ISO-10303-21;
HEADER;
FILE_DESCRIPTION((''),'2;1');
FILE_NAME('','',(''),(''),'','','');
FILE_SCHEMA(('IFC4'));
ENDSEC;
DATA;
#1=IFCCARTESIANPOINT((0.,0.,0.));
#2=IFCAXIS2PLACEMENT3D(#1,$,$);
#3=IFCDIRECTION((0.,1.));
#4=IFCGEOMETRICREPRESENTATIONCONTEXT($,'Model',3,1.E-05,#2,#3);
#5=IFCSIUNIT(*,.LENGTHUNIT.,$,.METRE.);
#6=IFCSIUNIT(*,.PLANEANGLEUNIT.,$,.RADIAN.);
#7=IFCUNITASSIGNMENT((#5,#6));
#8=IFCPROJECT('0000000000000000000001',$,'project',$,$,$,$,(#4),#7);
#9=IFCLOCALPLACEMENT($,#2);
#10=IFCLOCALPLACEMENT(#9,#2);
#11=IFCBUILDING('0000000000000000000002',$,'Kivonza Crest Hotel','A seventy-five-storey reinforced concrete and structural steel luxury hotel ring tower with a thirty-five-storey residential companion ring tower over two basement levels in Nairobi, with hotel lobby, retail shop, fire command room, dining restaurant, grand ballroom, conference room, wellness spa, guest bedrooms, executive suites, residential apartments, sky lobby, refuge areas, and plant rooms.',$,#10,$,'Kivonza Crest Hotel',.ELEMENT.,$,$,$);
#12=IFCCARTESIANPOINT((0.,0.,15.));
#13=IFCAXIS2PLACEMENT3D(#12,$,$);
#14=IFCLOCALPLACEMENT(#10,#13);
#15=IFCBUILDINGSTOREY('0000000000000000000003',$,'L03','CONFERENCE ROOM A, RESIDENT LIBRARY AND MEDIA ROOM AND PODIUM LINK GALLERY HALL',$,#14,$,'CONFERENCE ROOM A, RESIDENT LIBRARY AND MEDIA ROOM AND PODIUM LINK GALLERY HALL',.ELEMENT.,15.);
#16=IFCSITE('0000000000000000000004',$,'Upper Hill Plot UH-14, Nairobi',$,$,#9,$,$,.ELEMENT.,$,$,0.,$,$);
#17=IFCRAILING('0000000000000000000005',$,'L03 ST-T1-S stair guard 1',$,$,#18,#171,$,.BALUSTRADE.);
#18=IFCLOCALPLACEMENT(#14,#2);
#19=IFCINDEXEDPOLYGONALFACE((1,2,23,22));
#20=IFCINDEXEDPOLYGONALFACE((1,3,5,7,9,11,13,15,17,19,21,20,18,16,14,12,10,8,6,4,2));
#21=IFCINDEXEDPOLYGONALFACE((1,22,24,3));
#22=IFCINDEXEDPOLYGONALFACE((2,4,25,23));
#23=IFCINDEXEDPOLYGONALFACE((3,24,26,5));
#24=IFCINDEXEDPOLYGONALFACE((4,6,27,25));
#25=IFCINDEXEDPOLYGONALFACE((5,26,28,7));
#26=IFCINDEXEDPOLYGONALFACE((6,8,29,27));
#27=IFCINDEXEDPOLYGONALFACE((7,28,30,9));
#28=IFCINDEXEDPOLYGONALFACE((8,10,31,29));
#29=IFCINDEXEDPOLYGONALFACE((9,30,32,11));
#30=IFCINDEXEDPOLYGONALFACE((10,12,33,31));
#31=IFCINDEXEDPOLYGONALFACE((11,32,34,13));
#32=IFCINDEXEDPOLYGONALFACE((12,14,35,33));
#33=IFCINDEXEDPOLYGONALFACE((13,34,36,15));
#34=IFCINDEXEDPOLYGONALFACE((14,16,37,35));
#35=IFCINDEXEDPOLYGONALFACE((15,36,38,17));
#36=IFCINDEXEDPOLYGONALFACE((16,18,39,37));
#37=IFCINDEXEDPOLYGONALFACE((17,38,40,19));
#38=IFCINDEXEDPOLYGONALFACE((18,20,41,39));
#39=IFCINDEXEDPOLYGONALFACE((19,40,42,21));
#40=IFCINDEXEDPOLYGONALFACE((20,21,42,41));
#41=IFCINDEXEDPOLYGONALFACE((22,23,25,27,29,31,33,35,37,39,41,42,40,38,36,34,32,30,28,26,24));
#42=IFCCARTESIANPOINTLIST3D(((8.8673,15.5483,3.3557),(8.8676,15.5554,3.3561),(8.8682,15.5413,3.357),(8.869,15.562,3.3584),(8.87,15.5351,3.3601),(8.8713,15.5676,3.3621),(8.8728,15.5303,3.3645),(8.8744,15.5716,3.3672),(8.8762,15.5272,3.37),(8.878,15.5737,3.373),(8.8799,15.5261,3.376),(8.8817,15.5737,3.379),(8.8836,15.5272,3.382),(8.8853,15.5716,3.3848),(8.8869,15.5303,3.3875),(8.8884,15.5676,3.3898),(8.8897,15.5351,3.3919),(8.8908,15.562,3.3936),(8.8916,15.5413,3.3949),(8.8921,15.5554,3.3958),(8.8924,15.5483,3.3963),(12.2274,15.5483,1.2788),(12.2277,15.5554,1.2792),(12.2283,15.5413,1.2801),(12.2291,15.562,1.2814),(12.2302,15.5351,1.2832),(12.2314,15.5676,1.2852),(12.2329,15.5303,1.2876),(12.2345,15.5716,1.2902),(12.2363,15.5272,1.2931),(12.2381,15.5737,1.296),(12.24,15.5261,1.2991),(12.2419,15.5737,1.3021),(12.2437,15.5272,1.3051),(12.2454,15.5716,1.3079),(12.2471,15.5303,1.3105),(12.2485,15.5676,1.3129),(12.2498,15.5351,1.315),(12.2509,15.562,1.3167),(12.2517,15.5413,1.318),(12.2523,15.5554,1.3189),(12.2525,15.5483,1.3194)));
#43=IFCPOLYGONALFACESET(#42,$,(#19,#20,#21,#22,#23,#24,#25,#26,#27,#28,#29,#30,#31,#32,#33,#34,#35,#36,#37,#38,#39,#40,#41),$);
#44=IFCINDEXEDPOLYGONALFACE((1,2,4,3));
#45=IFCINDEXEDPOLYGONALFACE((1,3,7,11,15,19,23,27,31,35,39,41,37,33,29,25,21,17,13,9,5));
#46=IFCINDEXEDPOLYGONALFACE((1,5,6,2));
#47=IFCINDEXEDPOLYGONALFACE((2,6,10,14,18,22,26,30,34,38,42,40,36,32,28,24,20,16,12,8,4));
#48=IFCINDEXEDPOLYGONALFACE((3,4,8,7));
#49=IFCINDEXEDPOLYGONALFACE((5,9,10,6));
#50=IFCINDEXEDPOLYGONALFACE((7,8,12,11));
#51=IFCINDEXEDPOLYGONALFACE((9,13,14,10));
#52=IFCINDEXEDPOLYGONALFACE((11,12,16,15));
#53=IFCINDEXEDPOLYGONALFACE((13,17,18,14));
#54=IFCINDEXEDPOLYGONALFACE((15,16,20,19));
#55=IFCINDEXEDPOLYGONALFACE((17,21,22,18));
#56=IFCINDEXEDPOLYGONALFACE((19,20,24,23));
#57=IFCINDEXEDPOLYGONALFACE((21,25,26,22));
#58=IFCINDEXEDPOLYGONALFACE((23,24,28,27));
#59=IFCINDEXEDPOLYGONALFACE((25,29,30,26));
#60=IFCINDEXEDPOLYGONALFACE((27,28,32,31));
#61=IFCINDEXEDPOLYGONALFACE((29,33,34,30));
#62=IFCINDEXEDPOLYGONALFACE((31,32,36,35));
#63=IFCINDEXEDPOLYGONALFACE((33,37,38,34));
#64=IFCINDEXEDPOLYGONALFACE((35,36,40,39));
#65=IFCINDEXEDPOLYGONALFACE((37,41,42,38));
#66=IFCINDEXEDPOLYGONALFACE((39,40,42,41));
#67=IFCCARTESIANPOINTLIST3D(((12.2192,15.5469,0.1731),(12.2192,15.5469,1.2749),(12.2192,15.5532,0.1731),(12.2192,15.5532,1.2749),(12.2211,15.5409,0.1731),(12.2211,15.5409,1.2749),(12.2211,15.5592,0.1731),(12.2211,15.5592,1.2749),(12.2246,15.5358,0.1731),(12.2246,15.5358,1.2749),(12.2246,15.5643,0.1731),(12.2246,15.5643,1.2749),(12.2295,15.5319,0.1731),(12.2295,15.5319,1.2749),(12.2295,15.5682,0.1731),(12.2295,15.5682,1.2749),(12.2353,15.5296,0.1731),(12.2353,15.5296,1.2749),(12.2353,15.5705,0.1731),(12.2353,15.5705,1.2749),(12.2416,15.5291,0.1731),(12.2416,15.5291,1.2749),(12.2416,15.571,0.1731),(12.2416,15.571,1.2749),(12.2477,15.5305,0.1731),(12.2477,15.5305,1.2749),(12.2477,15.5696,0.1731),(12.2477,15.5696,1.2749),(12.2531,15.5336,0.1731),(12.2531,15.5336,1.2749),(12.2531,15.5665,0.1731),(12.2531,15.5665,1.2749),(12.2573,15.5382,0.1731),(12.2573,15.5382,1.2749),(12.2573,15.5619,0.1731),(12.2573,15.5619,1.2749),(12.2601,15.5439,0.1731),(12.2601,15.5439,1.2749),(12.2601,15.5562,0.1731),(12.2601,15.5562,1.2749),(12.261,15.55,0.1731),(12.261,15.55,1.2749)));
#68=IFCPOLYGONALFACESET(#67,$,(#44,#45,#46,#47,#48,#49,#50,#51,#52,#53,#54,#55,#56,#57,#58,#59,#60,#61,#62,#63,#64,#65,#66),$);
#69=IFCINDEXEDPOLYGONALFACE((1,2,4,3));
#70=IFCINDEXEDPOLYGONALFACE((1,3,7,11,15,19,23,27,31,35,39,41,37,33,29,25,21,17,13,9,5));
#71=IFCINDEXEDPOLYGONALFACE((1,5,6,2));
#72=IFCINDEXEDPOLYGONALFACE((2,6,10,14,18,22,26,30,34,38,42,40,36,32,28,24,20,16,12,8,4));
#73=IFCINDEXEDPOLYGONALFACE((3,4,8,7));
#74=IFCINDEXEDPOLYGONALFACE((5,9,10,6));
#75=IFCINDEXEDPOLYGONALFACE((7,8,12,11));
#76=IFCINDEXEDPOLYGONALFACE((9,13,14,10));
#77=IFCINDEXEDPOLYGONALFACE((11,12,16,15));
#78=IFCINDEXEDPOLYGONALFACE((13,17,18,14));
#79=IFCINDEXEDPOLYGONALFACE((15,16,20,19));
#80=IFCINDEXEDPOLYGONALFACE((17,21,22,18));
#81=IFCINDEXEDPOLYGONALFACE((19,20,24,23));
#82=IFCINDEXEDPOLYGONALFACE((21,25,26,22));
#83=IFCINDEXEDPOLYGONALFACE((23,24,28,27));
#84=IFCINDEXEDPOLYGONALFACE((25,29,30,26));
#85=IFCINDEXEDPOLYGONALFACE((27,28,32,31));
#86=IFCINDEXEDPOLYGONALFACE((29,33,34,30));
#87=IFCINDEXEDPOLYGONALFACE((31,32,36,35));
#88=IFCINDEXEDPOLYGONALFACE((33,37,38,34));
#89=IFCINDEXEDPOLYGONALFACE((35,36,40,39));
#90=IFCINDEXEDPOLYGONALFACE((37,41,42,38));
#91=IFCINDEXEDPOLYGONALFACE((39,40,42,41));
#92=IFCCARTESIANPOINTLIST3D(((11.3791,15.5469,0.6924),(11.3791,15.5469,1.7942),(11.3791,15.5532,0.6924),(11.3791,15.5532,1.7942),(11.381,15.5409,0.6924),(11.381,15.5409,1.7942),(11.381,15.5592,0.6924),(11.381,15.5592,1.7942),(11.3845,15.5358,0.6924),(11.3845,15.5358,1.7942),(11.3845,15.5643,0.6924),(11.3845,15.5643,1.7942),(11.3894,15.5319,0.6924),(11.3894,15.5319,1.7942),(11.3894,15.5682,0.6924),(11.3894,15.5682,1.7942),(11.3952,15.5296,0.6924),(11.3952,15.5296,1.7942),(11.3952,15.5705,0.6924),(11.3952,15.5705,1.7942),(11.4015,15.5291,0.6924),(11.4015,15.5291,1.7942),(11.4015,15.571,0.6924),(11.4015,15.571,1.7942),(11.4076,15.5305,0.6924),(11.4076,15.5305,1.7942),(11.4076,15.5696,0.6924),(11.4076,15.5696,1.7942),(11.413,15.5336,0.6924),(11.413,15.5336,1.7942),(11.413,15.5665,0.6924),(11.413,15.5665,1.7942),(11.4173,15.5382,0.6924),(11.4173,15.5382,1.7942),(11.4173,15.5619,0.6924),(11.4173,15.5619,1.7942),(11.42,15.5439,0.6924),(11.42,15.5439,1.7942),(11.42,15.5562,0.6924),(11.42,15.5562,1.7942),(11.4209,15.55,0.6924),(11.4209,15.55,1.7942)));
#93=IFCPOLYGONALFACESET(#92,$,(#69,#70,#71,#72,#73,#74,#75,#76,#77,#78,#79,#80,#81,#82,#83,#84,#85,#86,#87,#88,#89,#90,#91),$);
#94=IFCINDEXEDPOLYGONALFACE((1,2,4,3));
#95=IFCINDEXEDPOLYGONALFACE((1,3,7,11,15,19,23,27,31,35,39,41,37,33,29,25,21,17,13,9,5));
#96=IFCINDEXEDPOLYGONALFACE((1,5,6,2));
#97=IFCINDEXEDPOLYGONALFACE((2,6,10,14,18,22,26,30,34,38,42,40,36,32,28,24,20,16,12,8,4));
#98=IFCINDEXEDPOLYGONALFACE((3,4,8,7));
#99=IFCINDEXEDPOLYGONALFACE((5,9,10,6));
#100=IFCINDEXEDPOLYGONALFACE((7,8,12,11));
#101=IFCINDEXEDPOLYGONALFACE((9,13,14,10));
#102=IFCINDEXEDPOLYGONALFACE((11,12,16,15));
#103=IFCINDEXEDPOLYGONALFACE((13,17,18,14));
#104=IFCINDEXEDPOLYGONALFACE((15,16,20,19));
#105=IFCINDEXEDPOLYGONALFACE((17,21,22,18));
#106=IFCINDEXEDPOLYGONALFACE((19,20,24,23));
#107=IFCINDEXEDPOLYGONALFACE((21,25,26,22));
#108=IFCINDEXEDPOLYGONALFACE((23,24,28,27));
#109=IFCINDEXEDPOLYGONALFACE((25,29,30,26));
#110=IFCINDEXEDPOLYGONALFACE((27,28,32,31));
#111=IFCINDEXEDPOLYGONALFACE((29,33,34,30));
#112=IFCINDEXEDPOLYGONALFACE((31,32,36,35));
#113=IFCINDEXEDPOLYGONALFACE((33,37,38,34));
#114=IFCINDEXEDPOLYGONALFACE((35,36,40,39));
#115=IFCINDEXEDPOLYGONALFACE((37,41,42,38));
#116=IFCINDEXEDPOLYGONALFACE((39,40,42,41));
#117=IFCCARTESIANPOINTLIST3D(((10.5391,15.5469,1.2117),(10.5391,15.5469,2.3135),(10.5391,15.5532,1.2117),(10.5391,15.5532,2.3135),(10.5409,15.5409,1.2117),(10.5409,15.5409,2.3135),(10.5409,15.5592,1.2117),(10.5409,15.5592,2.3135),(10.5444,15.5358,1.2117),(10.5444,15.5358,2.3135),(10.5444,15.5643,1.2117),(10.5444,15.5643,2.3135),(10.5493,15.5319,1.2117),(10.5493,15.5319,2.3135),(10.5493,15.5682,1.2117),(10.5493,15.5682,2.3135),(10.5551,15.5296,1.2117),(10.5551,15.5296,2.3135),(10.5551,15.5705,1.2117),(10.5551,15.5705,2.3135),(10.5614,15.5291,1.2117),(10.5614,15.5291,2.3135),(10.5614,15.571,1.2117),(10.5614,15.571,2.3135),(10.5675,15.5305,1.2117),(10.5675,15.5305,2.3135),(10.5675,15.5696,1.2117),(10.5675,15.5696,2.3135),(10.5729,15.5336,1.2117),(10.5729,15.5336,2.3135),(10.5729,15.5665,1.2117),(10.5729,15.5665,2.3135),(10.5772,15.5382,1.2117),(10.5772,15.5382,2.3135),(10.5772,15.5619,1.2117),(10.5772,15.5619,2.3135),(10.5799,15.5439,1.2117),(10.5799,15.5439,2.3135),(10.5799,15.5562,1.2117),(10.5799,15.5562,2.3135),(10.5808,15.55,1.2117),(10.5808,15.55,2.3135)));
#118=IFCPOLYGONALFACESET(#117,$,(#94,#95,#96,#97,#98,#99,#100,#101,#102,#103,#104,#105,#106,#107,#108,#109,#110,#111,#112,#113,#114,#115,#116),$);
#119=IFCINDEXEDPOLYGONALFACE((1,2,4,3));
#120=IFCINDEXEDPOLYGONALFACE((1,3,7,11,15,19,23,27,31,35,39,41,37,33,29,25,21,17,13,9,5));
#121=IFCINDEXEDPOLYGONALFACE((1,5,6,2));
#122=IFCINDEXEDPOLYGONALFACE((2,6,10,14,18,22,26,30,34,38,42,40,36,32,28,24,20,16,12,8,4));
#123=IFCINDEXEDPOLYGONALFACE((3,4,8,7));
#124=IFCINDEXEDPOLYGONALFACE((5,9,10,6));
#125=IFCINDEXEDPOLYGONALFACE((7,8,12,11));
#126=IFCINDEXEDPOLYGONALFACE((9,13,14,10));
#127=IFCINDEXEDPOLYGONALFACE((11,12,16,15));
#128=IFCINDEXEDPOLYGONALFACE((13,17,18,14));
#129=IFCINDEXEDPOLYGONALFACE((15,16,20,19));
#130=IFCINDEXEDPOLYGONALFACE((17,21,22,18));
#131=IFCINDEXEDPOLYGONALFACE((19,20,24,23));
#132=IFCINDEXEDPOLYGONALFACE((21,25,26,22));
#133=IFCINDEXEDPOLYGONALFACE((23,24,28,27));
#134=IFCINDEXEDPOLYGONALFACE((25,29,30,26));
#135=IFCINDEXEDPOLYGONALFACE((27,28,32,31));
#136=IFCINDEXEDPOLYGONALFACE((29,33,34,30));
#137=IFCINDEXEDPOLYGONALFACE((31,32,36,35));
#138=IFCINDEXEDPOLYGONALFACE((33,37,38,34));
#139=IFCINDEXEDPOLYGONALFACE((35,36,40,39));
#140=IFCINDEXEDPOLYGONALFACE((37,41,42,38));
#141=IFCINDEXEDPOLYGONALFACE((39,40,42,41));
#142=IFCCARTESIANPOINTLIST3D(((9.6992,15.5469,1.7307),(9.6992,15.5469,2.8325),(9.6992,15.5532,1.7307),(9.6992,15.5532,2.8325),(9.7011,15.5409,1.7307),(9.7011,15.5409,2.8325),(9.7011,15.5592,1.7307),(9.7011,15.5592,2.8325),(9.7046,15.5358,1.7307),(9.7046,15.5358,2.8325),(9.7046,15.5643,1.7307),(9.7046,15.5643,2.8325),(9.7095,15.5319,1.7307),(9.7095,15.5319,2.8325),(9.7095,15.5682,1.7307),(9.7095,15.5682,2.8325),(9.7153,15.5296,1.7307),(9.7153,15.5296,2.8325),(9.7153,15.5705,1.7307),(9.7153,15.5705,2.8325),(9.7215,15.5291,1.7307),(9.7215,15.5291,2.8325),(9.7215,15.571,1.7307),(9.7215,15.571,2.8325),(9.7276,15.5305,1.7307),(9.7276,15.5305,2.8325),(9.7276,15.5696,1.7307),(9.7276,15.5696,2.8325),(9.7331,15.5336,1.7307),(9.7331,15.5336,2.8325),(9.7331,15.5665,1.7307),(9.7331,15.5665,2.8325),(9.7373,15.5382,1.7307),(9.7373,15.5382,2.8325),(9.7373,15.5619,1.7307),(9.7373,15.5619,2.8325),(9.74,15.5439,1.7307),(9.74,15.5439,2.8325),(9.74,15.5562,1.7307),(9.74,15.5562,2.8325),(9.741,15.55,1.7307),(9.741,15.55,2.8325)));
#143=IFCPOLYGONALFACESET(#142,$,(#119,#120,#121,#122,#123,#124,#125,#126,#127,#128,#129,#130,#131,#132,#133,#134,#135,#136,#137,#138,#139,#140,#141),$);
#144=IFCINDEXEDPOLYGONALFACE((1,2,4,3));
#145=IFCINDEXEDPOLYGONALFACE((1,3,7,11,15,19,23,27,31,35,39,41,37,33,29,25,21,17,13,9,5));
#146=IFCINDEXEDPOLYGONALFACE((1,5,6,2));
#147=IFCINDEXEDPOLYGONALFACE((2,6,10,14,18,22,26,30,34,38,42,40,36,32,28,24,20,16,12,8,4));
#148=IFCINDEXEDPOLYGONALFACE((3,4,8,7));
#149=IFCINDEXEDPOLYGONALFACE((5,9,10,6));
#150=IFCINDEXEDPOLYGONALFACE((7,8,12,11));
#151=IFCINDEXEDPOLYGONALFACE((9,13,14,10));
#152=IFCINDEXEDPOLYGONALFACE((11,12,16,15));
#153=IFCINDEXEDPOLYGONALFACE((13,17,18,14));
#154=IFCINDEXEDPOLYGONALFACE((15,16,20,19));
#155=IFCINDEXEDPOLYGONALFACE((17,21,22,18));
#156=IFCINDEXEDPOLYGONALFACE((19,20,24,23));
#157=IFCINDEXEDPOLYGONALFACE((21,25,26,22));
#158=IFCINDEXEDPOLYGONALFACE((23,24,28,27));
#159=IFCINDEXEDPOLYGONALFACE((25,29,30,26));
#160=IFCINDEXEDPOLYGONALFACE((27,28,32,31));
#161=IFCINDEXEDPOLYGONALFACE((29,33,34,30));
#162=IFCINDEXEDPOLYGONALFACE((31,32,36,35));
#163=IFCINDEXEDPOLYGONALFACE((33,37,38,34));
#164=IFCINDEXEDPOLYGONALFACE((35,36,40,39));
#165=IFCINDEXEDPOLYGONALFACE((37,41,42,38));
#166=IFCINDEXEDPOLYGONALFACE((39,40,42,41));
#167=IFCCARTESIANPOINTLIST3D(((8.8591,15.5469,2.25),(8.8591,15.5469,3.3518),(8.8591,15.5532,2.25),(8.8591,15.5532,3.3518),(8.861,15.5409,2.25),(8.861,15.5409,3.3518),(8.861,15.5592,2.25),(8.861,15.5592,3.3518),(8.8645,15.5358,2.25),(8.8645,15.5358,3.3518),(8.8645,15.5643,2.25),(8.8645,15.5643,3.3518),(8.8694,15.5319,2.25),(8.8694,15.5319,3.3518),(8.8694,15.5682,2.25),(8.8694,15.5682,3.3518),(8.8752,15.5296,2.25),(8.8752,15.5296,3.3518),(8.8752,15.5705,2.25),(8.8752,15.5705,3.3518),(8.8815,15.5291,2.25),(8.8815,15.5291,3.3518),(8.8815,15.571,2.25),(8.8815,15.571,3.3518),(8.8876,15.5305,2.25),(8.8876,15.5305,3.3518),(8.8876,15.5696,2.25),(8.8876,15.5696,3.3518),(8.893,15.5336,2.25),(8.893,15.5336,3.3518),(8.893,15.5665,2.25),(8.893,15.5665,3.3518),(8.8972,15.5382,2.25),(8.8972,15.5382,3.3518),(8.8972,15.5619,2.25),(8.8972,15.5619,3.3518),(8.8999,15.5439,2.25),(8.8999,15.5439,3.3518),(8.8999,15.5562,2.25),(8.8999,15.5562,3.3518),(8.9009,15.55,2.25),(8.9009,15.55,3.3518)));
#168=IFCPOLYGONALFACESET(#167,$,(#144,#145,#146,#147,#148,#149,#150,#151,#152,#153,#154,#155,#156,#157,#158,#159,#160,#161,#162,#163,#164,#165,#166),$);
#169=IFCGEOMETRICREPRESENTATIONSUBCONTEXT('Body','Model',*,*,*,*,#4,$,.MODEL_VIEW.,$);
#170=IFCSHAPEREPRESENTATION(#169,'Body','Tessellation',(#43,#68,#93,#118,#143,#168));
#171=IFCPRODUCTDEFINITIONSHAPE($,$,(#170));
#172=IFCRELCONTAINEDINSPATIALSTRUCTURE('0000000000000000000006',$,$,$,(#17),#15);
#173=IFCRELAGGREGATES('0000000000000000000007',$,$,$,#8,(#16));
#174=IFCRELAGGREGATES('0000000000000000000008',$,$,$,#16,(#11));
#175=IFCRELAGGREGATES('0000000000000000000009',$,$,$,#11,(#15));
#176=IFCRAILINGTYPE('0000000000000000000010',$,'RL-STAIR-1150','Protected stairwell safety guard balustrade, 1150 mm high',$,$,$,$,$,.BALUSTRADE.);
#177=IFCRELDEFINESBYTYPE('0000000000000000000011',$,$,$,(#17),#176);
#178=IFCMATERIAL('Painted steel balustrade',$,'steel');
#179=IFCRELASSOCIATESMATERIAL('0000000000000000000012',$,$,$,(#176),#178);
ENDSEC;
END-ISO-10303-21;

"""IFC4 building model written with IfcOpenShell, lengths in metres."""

from ifc_helpers import new_model, si_unit, direction, frame, origin, origin_2d, place, context, subcontext, project, spatial, circle, extrude, material, type_object, element, save


model = new_model("IFC4")

# Units and contexts
model_context = context("Model", 3, precision=1e-05, world=origin(), true_north=direction((0.0, 1.0)))
body_context = subcontext(model_context, "Body", "Model", "MODEL_VIEW")
ifc_project = project(units=[si_unit("LENGTHUNIT", "METRE"), si_unit("PLANEANGLEUNIT", "RADIAN")], contexts=[model_context])

# Site, building, storey
site_placement = place(None, origin())
site = spatial("IfcSite", under=ifc_project, at=site_placement, Name="Upper Hill Plot UH-14, Nairobi", CompositionType="ELEMENT", RefElevation=0.0)
building_placement = place(site_placement, origin())
building = spatial("IfcBuilding", under=site, at=building_placement, Name="Kivonza Crest Hotel", Description="A seventy-five-storey reinforced concrete and structural steel luxury hotel ring tower with a thirty-five-storey residential companion ring tower over two basement levels in Nairobi, with hotel lobby, retail shop, fire command room, dining restaurant, grand ballroom, conference room, wellness spa, guest bedrooms, executive suites, residential apartments, sky lobby, refuge areas, and plant rooms.", LongName="Kivonza Crest Hotel", CompositionType="ELEMENT")
storey_placement = place(building_placement, frame((0.0, 0.0, 15.0)))
storey = spatial("IfcBuildingStorey", under=building, at=storey_placement, Name="L03", Description="CONFERENCE ROOM A, RESIDENT LIBRARY AND MEDIA ROOM AND PODIUM LINK GALLERY HALL", LongName="CONFERENCE ROOM A, RESIDENT LIBRARY AND MEDIA ROOM AND PODIUM LINK GALLERY HALL", CompositionType="ELEMENT", Elevation=15.0)

# Railing
ifc_material_1 = material(Name="Painted steel balustrade", Category="steel")
railing_type_1 = type_object("IfcRailingType", Name="RL-STAIR-1150", Description="Protected stairwell safety guard balustrade, 1150 mm high", PredefinedType="BALUSTRADE", material=ifc_material_1)
railing_1_placement = place(storey_placement, frame((12.24, 15.55, 0.1731)))
element("IfcRailing", 1, at=railing_1_placement, inside=storey, type_object=railing_type_1, Name="L03 ST-T1-S stair guard 1", PredefinedType="BALUSTRADE", context=body_context, shape_type="SweptSolid", body=[
    extrude(circle(Radius=0.0239, at=origin_2d()), frame((0.0, 0.0, 1.126), z_axis=(-0.850623, 0.0, 0.525776), x_axis=(0.0, -1.0, 0.0)), (0.0, 0.0, 1.0), 3.9502),
    extrude(circle(Radius=0.021, at=origin_2d()), origin(), (0.0, 0.0, 1.0), 1.1018),
    extrude(circle(Radius=0.021, at=origin_2d()), frame((-0.8401, 0.0, 0.5193)), (0.0, 0.0, 1.0), 1.1018),
    extrude(circle(Radius=0.021, at=origin_2d()), frame((-1.6802, 0.0, 1.0386)), (0.0, 0.0, 1.0), 1.1018),
    extrude(circle(Radius=0.021, at=origin_2d()), frame((-2.52, 0.0, 1.5576)), (0.0, 0.0, 1.0), 1.1018),
    extrude(circle(Radius=0.021, at=origin_2d()), frame((-3.3601, 0.0, 2.0769)), (0.0, 0.0, 1.0), 1.1018),
])

save(model, "model.ifc")
